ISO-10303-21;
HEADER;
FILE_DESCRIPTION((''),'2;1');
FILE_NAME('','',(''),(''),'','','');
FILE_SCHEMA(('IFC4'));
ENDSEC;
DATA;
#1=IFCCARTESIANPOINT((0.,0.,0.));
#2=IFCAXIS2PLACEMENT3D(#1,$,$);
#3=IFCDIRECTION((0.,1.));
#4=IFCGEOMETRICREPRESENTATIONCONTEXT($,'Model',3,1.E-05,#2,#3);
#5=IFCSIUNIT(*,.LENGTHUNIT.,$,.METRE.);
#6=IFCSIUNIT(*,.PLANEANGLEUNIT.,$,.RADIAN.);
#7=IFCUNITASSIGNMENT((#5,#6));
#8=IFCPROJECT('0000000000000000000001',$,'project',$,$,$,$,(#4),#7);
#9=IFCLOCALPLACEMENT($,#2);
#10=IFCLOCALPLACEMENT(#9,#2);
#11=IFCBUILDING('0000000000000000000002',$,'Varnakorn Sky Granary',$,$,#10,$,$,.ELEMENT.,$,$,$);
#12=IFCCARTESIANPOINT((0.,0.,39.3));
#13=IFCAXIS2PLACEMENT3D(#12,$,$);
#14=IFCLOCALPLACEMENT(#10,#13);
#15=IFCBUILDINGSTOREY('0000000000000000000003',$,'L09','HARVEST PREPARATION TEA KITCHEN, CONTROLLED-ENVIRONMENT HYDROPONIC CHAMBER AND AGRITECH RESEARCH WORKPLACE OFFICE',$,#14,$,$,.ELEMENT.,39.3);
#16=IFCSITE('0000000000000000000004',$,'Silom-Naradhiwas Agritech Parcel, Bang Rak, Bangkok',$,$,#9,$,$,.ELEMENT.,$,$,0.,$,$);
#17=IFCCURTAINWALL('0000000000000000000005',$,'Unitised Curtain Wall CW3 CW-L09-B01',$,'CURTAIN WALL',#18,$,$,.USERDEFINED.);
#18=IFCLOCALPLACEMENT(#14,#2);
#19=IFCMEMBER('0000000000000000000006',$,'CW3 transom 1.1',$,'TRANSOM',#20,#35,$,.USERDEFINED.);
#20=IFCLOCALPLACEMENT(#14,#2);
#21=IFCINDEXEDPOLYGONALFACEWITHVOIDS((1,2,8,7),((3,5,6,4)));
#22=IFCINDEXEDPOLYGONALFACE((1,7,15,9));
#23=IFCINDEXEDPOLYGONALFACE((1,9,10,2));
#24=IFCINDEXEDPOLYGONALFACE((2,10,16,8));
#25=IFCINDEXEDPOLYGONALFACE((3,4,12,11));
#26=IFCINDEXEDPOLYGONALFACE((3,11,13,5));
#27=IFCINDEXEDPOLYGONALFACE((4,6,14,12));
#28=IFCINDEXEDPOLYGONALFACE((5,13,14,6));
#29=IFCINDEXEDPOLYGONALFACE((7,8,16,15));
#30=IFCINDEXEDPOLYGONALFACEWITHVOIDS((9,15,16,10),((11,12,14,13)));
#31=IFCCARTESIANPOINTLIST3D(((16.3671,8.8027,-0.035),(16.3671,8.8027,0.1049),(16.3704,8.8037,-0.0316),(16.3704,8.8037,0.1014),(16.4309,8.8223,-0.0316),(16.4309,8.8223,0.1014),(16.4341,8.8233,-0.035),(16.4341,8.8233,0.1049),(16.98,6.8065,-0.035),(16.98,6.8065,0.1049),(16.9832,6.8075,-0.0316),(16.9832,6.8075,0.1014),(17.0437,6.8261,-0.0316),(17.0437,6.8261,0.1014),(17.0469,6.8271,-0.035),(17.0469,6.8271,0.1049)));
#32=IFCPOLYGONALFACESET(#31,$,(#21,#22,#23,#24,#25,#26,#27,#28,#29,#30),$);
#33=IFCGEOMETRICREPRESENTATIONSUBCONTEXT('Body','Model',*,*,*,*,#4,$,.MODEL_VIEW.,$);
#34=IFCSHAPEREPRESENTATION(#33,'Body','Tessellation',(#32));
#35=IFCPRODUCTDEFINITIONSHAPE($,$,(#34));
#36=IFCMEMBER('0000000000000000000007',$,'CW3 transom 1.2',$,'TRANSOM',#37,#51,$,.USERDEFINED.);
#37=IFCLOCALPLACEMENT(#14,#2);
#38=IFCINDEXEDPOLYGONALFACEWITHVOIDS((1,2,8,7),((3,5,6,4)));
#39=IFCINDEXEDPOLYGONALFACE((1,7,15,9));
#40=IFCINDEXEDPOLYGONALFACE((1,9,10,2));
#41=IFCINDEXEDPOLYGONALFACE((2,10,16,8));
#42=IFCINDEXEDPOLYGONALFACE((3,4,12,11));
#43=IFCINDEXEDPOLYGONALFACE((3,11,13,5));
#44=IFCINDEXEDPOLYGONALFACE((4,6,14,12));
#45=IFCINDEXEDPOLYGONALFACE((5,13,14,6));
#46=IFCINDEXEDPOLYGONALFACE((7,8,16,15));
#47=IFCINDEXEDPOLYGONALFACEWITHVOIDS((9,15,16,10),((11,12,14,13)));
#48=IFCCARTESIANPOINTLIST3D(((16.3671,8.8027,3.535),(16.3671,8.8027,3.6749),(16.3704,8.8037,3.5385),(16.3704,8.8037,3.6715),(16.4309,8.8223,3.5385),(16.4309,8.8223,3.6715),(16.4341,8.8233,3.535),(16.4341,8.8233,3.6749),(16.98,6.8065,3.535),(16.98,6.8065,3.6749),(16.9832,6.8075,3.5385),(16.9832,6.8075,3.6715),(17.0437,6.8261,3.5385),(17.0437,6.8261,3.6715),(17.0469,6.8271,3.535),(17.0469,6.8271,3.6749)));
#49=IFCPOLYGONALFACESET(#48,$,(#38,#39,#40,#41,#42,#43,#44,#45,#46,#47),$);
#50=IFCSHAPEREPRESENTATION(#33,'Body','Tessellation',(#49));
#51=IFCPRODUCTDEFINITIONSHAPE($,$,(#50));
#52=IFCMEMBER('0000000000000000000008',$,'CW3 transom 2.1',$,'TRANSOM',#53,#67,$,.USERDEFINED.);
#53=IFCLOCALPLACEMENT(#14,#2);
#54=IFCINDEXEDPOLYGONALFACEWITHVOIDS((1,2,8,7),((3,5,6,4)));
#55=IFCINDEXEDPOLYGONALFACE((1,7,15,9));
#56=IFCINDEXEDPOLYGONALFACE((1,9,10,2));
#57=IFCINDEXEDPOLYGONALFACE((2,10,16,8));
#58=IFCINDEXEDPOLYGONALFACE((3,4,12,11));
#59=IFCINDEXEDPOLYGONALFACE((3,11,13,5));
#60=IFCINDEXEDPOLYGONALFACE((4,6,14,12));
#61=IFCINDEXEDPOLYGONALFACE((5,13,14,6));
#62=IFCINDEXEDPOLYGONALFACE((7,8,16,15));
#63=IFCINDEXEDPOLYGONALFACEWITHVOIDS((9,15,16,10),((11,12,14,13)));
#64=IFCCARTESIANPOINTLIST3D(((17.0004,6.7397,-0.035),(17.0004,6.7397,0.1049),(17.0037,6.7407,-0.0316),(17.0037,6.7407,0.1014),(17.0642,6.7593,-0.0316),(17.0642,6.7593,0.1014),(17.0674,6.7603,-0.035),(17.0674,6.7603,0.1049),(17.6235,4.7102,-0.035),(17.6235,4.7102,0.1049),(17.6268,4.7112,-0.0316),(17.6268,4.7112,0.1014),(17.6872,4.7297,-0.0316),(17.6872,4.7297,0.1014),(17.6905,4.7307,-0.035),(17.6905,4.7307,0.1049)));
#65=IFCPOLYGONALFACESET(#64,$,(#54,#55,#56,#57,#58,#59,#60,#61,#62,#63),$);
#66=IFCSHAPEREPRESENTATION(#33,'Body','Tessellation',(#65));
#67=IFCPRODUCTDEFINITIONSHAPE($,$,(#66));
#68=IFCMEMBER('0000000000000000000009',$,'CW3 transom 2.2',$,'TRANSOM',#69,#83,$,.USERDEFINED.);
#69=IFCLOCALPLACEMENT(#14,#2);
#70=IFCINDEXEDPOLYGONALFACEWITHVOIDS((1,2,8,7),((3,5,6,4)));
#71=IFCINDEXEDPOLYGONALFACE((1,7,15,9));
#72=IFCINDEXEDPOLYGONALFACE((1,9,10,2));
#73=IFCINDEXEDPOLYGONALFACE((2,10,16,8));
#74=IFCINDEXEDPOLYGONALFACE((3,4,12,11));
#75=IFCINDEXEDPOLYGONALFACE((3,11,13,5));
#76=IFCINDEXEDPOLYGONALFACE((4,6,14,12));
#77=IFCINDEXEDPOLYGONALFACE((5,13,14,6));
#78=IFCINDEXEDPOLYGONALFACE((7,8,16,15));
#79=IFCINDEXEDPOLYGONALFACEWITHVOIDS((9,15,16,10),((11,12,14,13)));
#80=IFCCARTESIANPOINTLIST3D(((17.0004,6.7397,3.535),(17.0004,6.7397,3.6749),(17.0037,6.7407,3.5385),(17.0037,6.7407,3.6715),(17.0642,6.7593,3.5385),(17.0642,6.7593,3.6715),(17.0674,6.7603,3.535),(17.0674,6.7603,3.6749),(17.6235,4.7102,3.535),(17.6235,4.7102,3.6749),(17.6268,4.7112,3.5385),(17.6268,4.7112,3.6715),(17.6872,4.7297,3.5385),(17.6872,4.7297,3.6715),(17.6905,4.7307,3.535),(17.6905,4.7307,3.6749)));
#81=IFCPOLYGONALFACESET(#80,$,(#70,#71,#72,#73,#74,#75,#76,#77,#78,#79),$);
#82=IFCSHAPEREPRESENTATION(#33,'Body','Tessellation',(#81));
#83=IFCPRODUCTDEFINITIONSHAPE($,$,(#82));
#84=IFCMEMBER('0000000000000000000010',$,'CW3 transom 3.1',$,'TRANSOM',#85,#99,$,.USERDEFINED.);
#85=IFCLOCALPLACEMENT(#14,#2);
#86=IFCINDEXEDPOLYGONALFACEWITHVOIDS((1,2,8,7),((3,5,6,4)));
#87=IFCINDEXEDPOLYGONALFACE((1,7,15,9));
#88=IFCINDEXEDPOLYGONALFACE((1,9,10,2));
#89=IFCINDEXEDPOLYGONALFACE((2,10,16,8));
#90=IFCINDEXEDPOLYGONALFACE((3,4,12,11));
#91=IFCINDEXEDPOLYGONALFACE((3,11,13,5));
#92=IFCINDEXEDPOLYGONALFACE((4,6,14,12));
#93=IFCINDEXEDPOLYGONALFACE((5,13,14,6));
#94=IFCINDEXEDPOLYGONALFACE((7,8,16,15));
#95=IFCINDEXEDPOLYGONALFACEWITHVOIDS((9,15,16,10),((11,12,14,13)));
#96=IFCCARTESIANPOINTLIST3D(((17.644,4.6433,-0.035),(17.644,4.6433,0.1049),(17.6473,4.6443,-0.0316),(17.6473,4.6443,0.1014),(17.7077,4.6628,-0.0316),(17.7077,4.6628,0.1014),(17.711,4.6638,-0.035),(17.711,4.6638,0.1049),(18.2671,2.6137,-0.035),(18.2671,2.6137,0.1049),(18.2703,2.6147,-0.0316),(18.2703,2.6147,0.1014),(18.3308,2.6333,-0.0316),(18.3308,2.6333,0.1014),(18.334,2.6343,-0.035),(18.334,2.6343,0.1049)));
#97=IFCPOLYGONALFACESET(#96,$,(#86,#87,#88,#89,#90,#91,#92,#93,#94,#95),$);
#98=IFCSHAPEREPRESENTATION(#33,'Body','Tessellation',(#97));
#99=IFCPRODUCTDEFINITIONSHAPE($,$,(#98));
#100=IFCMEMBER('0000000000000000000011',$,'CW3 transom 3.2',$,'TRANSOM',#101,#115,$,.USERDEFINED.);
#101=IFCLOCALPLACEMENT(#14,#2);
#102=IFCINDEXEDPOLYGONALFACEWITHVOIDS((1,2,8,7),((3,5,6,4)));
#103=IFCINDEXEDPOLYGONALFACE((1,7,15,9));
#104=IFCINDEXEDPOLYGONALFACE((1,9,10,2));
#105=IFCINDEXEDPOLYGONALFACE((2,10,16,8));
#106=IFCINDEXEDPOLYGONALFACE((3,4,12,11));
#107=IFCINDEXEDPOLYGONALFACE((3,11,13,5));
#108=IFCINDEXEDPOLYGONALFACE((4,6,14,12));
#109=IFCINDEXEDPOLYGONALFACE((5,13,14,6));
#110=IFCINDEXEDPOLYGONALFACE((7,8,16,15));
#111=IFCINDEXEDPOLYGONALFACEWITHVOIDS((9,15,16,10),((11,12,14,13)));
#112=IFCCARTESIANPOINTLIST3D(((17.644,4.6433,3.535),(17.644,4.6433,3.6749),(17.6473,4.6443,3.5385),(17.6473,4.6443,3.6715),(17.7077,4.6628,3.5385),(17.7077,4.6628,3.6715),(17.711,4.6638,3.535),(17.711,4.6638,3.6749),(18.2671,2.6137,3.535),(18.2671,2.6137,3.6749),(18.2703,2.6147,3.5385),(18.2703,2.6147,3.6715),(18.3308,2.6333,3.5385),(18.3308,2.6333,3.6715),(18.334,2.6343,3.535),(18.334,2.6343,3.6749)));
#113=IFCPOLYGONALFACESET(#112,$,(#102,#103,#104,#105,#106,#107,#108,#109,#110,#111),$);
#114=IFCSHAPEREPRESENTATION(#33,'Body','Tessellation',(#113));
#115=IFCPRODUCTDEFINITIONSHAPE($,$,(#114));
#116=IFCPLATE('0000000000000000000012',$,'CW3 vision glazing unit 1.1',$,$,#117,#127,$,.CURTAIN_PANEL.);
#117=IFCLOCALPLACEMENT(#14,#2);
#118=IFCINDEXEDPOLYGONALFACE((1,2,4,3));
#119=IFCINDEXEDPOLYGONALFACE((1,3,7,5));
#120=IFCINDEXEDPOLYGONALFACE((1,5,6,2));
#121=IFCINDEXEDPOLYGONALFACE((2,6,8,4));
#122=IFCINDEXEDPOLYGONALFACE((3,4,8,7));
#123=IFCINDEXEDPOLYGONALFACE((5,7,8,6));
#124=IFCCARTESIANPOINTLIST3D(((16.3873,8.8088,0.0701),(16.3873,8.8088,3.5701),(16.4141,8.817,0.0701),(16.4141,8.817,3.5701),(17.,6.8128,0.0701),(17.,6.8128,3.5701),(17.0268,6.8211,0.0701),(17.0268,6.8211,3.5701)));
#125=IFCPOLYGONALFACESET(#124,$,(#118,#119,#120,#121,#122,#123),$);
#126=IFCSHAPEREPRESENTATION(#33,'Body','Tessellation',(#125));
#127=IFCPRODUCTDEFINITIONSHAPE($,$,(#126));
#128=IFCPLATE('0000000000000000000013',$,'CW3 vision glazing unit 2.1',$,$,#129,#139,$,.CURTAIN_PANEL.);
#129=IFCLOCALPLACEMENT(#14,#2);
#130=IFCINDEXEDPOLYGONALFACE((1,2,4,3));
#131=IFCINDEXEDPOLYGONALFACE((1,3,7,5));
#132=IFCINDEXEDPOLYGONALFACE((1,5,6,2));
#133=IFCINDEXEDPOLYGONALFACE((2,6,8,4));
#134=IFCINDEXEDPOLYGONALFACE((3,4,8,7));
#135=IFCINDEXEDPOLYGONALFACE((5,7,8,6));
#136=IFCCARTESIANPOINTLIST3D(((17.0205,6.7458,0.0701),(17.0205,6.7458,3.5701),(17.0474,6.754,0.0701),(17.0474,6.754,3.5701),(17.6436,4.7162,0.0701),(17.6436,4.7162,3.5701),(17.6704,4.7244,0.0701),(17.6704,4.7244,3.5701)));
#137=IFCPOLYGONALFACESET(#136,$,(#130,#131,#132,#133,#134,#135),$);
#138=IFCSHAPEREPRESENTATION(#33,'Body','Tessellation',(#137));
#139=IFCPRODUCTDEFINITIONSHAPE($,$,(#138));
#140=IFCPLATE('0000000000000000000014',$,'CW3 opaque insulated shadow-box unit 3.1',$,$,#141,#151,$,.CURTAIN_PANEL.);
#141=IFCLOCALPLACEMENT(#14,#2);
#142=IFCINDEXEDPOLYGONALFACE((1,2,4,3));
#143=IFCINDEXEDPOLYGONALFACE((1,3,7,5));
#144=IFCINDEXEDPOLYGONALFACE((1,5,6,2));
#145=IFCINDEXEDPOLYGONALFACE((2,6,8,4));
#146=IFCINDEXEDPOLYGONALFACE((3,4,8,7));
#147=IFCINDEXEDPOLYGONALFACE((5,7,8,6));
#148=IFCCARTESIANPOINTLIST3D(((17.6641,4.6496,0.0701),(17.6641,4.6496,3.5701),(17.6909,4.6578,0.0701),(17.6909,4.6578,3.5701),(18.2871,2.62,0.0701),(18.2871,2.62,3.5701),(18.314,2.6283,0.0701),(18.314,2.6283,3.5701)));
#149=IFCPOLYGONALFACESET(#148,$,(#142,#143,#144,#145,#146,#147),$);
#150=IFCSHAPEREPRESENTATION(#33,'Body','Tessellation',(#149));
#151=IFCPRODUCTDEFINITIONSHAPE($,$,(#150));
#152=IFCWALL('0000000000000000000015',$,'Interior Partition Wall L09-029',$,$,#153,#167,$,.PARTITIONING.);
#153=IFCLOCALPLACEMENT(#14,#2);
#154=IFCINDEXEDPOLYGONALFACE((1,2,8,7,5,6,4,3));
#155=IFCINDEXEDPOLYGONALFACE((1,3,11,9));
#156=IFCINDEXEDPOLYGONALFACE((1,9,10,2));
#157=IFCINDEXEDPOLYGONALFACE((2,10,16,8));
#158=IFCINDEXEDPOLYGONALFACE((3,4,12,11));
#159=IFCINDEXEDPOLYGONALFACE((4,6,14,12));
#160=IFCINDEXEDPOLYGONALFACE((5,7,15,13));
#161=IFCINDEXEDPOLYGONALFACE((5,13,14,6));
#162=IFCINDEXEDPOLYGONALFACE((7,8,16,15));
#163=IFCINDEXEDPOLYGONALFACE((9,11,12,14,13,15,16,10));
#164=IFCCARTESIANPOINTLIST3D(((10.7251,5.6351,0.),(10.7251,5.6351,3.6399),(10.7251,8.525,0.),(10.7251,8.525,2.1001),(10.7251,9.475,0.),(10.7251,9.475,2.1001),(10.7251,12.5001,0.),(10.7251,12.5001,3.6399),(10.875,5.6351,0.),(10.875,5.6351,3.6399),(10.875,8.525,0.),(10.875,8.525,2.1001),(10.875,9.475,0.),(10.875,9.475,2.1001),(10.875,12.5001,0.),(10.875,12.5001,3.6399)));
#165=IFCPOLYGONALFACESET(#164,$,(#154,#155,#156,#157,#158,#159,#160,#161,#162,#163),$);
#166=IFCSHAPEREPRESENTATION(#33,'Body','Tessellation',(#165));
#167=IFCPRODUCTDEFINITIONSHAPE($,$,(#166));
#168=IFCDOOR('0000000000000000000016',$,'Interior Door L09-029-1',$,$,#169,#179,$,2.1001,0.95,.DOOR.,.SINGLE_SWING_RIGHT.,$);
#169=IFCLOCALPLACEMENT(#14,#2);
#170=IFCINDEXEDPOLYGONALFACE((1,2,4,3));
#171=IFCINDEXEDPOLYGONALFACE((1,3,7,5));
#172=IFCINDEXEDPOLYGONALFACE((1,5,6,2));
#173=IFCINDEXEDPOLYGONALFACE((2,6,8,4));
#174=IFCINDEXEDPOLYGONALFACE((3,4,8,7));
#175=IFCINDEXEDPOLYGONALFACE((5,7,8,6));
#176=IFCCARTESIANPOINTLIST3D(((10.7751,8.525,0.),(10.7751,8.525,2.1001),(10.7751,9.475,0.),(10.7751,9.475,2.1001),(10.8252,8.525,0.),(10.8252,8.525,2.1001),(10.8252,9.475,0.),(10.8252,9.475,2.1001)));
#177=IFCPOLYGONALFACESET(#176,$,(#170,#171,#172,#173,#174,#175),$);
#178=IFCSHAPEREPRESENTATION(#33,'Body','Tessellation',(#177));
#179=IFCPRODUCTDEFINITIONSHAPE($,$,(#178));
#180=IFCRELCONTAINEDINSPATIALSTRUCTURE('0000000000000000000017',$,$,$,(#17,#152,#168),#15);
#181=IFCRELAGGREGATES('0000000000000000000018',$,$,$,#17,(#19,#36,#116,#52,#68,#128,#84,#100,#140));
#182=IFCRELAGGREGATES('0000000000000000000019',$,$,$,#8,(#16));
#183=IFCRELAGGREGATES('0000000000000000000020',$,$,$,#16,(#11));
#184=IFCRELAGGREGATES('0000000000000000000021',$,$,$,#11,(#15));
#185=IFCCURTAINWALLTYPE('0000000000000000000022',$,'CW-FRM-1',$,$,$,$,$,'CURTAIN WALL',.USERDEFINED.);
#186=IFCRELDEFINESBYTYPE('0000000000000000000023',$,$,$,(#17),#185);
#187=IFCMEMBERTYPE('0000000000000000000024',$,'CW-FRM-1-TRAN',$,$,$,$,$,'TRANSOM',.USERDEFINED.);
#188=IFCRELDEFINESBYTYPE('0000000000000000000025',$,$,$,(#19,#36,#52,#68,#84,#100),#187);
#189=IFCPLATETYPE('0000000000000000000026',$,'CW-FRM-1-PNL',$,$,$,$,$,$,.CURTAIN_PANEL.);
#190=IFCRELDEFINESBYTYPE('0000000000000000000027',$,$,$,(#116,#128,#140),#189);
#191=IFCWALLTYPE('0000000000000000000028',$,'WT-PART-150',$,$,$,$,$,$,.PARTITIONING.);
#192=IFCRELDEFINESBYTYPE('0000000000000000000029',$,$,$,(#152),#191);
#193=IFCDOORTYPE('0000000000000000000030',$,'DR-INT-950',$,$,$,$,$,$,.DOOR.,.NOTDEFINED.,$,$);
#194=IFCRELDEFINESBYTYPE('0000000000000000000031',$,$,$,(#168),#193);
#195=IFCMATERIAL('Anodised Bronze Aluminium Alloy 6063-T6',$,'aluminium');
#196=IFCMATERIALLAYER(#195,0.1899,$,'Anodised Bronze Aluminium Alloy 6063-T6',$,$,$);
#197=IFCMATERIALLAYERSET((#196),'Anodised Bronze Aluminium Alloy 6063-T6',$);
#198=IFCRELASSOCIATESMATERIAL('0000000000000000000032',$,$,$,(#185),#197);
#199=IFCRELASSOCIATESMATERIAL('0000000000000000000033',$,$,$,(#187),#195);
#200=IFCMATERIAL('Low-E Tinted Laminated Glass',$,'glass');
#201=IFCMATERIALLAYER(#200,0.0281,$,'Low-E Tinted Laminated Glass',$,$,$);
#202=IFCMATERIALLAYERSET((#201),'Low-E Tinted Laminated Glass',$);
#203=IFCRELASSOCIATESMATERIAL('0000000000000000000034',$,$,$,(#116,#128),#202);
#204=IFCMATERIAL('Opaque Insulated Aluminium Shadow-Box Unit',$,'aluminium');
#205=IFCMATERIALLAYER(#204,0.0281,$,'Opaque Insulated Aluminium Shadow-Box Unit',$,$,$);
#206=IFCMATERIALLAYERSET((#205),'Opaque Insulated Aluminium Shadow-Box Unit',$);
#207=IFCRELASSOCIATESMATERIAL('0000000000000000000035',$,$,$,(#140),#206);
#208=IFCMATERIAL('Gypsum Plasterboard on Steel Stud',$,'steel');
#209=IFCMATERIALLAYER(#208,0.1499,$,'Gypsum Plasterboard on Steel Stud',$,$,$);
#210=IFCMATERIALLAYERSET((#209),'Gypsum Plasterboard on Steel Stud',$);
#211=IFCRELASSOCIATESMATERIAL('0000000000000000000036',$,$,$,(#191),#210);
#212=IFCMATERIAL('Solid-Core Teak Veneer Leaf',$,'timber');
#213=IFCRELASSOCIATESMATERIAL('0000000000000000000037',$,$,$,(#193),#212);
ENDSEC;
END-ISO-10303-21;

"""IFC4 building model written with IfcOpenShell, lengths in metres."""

from ifc_helpers import new_model, si_unit, direction, frame, frame_2d, origin, origin_2d, place, context, subcontext, project, spatial, rectangle, hollow_rectangle, extrude, source, transform, mapped, material, layer, layer_set, material_profile, profile_set, type_object, type_shapes, element, fill, aggregate, save


model = new_model("IFC4")

# Units and contexts
model_context = context("Model", 3, precision=1e-05, world=origin(), true_north=direction((0.0, 1.0)))
body_context = subcontext(model_context, "Body", "Model", "MODEL_VIEW")
ifc_project = project(units=[si_unit("LENGTHUNIT", "METRE"), si_unit("PLANEANGLEUNIT", "RADIAN")], contexts=[model_context])

# Site, building, storey
site_placement = place(None, origin())
site = spatial("IfcSite", under=ifc_project, at=site_placement, Name="Silom-Naradhiwas Agritech Parcel, Bang Rak, Bangkok", CompositionType="ELEMENT", RefElevation=0.0)
building_placement = place(site_placement, origin())
building = spatial("IfcBuilding", under=site, at=building_placement, Name="Varnakorn Sky Granary", CompositionType="ELEMENT")
storey_placement = place(building_placement, frame((0.0, 0.0, 39.3)))
storey = spatial("IfcBuildingStorey", under=building, at=storey_placement, Name="L09", Description="HARVEST PREPARATION TEA KITCHEN, CONTROLLED-ENVIRONMENT HYDROPONIC CHAMBER AND AGRITECH RESEARCH WORKPLACE OFFICE", CompositionType="ELEMENT", Elevation=39.3)

# Curtain wall
ifc_material_1 = material(Name="Anodised Bronze Aluminium Alloy 6063-T6", Category="aluminium")
ifc_layer_1 = layer(ifc_material_1, 0.1899, Name="Anodised Bronze Aluminium Alloy 6063-T6")
ifc_layer_set_1 = layer_set([ifc_layer_1], Name="Anodised Bronze Aluminium Alloy 6063-T6")
curtain_wall_type = type_object("IfcCurtainWallType", Name="CW-FRM-1", ElementType="CURTAIN WALL", PredefinedType="USERDEFINED", material=ifc_layer_set_1)
curtain_wall_1_placement = place(storey_placement, origin())
curtain_wall_1 = element("IfcCurtainWall", 1, at=curtain_wall_1_placement, inside=storey, type_object=curtain_wall_type, Name="Unitised Curtain Wall CW3 CW-L09-B01", ObjectType="CURTAIN WALL", PredefinedType="USERDEFINED")

# Members
ifc_material_profile_1 = material_profile(ifc_material_1, hollow_rectangle(XDim=0.0701, YDim=0.1399, WallThickness=0.0034, at=origin_2d()), Name="ALU TRAN 70x140")
ifc_profile_set_1 = profile_set([ifc_material_profile_1], Name="Anodised Bronze Aluminium Alloy 6063-T6")
member_type_1 = type_object("IfcMemberType", Name="CW-FRM-1-TRAN", ElementType="TRANSOM", PredefinedType="USERDEFINED", material=ifc_profile_set_1)
member_1_placement = place(storey_placement, frame((16.4006, 8.813, 0.0349), z_axis=(0.293478, -0.955966, 0.0), x_axis=(0.955966, 0.293478, 0.0)))
member_1 = element("IfcMember", 2, at=member_1_placement, type_object=member_type_1, Name="CW3 transom 1.1", ObjectType="TRANSOM", PredefinedType="USERDEFINED", context=body_context, shape_type="SweptSolid", body=[
    extrude(hollow_rectangle(XDim=0.0701, YDim=0.1399, WallThickness=0.0034, at=origin_2d()), origin(), (0.0, 0.0, 1.0), 2.0881),
])
member_2_placement = place(storey_placement, frame((16.4006, 8.813, 3.605), z_axis=(0.293478, -0.955966, 0.0), x_axis=(0.955966, 0.293478, 0.0)))
member_2 = element("IfcMember", 3, at=member_2_placement, type_object=member_type_1, Name="CW3 transom 1.2", ObjectType="TRANSOM", PredefinedType="USERDEFINED", context=body_context, shape_type="SweptSolid", body=[
    extrude(hollow_rectangle(XDim=0.0701, YDim=0.1399, WallThickness=0.0034, at=origin_2d()), origin(), (0.0, 0.0, 1.0), 2.0881),
])
member_3_placement = place(storey_placement, frame((17.0339, 6.75, 0.0349), z_axis=(0.293472, -0.955968, 0.0), x_axis=(0.955968, 0.293472, 0.0)))
member_3 = element("IfcMember", 4, at=member_3_placement, type_object=member_type_1, Name="CW3 transom 2.1", ObjectType="TRANSOM", PredefinedType="USERDEFINED", context=body_context, shape_type="SweptSolid", body=[
    extrude(hollow_rectangle(XDim=0.0701, YDim=0.1399, WallThickness=0.0034, at=origin_2d()), origin(), (0.0, 0.0, 1.0), 2.123),
])
member_4_placement = place(storey_placement, frame((17.0339, 6.75, 3.605), z_axis=(0.293472, -0.955968, 0.0), x_axis=(0.955968, 0.293472, 0.0)))
member_4 = element("IfcMember", 5, at=member_4_placement, type_object=member_type_1, Name="CW3 transom 2.2", ObjectType="TRANSOM", PredefinedType="USERDEFINED", context=body_context, shape_type="SweptSolid", body=[
    extrude(hollow_rectangle(XDim=0.0701, YDim=0.1399, WallThickness=0.0034, at=origin_2d()), origin(), (0.0, 0.0, 1.0), 2.123),
])
member_5_placement = place(storey_placement, frame((17.6775, 4.6536, 0.0349), z_axis=(0.293472, -0.955968, 0.0), x_axis=(0.955968, 0.293472, 0.0)))
member_5 = element("IfcMember", 6, at=member_5_placement, type_object=member_type_1, Name="CW3 transom 3.1", ObjectType="TRANSOM", PredefinedType="USERDEFINED", context=body_context, shape_type="SweptSolid", body=[
    extrude(hollow_rectangle(XDim=0.0701, YDim=0.1399, WallThickness=0.0034, at=origin_2d()), origin(), (0.0, 0.0, 1.0), 2.123),
])
member_6_placement = place(storey_placement, frame((17.6775, 4.6536, 3.605), z_axis=(0.293472, -0.955968, 0.0), x_axis=(0.955968, 0.293472, 0.0)))
member_6 = element("IfcMember", 7, at=member_6_placement, type_object=member_type_1, Name="CW3 transom 3.2", ObjectType="TRANSOM", PredefinedType="USERDEFINED", context=body_context, shape_type="SweptSolid", body=[
    extrude(hollow_rectangle(XDim=0.0701, YDim=0.1399, WallThickness=0.0034, at=origin_2d()), origin(), (0.0, 0.0, 1.0), 2.123),
])

# Plates
ifc_material_2 = material(Name="Low-E Tinted Laminated Glass", Category="glass")
ifc_layer_2 = layer(ifc_material_2, 0.0281, Name="Low-E Tinted Laminated Glass")
ifc_layer_set_2 = layer_set([ifc_layer_2], Name="Low-E Tinted Laminated Glass")
plate_type = type_object("IfcPlateType", Name="CW-FRM-1-PNL", PredefinedType="CURTAIN_PANEL")
shared_shape_1 = source(origin(), body_context, "Body", "SweptSolid", [
    extrude(rectangle(XDim=2.0879, YDim=0.0281, at=origin_2d()), origin(), (0.0, 0.0, 1.0), 3.5),
])
plate_1_placement = place(storey_placement, frame((16.707, 7.8149, 0.0701), z_axis=(0.0, 0.0, 1.0), x_axis=(0.293463, -0.955971, 0.0)))
plate_1 = element("IfcPlate", 8, at=plate_1_placement, type_object=plate_type, material=ifc_layer_set_2, Name="CW3 vision glazing unit 1.1", PredefinedType="CURTAIN_PANEL", context=body_context, shape_type="MappedRepresentation", body=[
    mapped(shared_shape_1, transform((0.0, 0.0, 0.0), x_axis=(1.0, 0.0, 0.0), y_axis=(0.0, 1.0, 0.0), z_axis=(0.0, 0.0, 1.0), scale=1.0)),
])
shared_shape_2 = source(origin(), body_context, "Body", "SweptSolid", [
    extrude(rectangle(XDim=2.123, YDim=0.0281, at=origin_2d()), origin(), (0.0, 0.0, 1.0), 3.5),
])
type_shapes(plate_type, [shared_shape_1, shared_shape_2])
plate_2_placement = place(storey_placement, frame((17.3455, 5.7351, 0.0701), z_axis=(0.0, 0.0, 1.0), x_axis=(0.293463, -0.955971, 0.0)))
plate_2 = element("IfcPlate", 9, at=plate_2_placement, type_object=plate_type, material=ifc_layer_set_2, Name="CW3 vision glazing unit 2.1", PredefinedType="CURTAIN_PANEL", context=body_context, shape_type="MappedRepresentation", body=[
    mapped(shared_shape_2, transform((0.0, 0.0, 0.0), x_axis=(1.0, 0.0, 0.0), y_axis=(0.0, 1.0, 0.0), z_axis=(0.0, 0.0, 1.0), scale=1.0)),
])
ifc_material_3 = material(Name="Opaque Insulated Aluminium Shadow-Box Unit", Category="aluminium")
ifc_layer_3 = layer(ifc_material_3, 0.0281, Name="Opaque Insulated Aluminium Shadow-Box Unit")
ifc_layer_set_3 = layer_set([ifc_layer_3], Name="Opaque Insulated Aluminium Shadow-Box Unit")
plate_3_placement = place(storey_placement, frame((17.989, 3.6389, 0.0701), z_axis=(0.0, 0.0, 1.0), x_axis=(0.293463, -0.955971, 0.0)))
plate_3 = element("IfcPlate", 10, at=plate_3_placement, type_object=plate_type, material=ifc_layer_set_3, Name="CW3 opaque insulated shadow-box unit 3.1", PredefinedType="CURTAIN_PANEL", context=body_context, shape_type="MappedRepresentation", body=[
    mapped(shared_shape_2, transform((0.0, 0.0, 0.0), x_axis=(1.0, 0.0, 0.0), y_axis=(0.0, 1.0, 0.0), z_axis=(0.0, 0.0, 1.0), scale=1.0)),
])
aggregate(curtain_wall_1, [member_1, member_2, plate_1, member_3, member_4, plate_2, member_5, member_6, plate_3])

# Wall, opening, door
ifc_material_4 = material(Name="Gypsum Plasterboard on Steel Stud", Category="steel")
ifc_layer_4 = layer(ifc_material_4, 0.1499, Name="Gypsum Plasterboard on Steel Stud")
ifc_layer_set_4 = layer_set([ifc_layer_4], Name="Gypsum Plasterboard on Steel Stud")
wall_type = type_object("IfcWallType", Name="WT-PART-150", PredefinedType="PARTITIONING", material=ifc_layer_set_4)
wall_1_placement = place(storey_placement, frame((10.8, 5.635, 0.0), z_axis=(0.0, 0.0, 1.0), x_axis=(0.0, 1.0, 0.0)))
wall_1 = element("IfcWall", 11, at=wall_1_placement, inside=storey, type_object=wall_type, Name="Interior Partition Wall L09-029", PredefinedType="PARTITIONING", context=body_context, shape_type="SweptSolid", body=[
    extrude(rectangle(XDim=6.865, YDim=0.1499, at=frame_2d((3.4326, 0.0))), origin(), (0.0, 0.0, 1.0), 3.6399),
])
opening_placement = place(wall_1_placement, frame((2.8899, 0.0, 0.0)))
opening = element("IfcOpeningElement", 12, at=opening_placement, cuts=wall_1, PredefinedType="OPENING", context=body_context, shape_type="SweptSolid", body=[
    extrude(rectangle(XDim=0.95, YDim=2.1001, at=frame_2d((0.4751, 1.05))), frame((0.0, 0.085, 0.0), z_axis=(0.0, -1.0, 0.0), x_axis=(1.0, 0.0, 0.0)), (0.0, 0.0, 1.0), 0.1699),
])
ifc_material_5 = material(Name="Solid-Core Teak Veneer Leaf", Category="timber")
door_type = type_object("IfcDoorType", Name="DR-INT-950", OperationType="NOTDEFINED", PredefinedType="DOOR", material=ifc_material_5)
door_placement = place(opening_placement, origin())
door = element("IfcDoor", 13, at=door_placement, inside=storey, type_object=door_type, Name="Interior Door L09-029-1", OperationType="SINGLE_SWING_RIGHT", OverallHeight=2.1001, OverallWidth=0.95, PredefinedType="DOOR", context=body_context, shape_type="SweptSolid", body=[
    extrude(rectangle(XDim=0.95, YDim=2.1001, at=frame_2d((0.4751, 1.05))), frame((0.0, 0.0249, 0.0), z_axis=(0.0, -1.0, 0.0), x_axis=(1.0, 0.0, 0.0)), (0.0, 0.0, 1.0), 0.05),
])
fill(opening, door)

save(model, "model.ifc")
